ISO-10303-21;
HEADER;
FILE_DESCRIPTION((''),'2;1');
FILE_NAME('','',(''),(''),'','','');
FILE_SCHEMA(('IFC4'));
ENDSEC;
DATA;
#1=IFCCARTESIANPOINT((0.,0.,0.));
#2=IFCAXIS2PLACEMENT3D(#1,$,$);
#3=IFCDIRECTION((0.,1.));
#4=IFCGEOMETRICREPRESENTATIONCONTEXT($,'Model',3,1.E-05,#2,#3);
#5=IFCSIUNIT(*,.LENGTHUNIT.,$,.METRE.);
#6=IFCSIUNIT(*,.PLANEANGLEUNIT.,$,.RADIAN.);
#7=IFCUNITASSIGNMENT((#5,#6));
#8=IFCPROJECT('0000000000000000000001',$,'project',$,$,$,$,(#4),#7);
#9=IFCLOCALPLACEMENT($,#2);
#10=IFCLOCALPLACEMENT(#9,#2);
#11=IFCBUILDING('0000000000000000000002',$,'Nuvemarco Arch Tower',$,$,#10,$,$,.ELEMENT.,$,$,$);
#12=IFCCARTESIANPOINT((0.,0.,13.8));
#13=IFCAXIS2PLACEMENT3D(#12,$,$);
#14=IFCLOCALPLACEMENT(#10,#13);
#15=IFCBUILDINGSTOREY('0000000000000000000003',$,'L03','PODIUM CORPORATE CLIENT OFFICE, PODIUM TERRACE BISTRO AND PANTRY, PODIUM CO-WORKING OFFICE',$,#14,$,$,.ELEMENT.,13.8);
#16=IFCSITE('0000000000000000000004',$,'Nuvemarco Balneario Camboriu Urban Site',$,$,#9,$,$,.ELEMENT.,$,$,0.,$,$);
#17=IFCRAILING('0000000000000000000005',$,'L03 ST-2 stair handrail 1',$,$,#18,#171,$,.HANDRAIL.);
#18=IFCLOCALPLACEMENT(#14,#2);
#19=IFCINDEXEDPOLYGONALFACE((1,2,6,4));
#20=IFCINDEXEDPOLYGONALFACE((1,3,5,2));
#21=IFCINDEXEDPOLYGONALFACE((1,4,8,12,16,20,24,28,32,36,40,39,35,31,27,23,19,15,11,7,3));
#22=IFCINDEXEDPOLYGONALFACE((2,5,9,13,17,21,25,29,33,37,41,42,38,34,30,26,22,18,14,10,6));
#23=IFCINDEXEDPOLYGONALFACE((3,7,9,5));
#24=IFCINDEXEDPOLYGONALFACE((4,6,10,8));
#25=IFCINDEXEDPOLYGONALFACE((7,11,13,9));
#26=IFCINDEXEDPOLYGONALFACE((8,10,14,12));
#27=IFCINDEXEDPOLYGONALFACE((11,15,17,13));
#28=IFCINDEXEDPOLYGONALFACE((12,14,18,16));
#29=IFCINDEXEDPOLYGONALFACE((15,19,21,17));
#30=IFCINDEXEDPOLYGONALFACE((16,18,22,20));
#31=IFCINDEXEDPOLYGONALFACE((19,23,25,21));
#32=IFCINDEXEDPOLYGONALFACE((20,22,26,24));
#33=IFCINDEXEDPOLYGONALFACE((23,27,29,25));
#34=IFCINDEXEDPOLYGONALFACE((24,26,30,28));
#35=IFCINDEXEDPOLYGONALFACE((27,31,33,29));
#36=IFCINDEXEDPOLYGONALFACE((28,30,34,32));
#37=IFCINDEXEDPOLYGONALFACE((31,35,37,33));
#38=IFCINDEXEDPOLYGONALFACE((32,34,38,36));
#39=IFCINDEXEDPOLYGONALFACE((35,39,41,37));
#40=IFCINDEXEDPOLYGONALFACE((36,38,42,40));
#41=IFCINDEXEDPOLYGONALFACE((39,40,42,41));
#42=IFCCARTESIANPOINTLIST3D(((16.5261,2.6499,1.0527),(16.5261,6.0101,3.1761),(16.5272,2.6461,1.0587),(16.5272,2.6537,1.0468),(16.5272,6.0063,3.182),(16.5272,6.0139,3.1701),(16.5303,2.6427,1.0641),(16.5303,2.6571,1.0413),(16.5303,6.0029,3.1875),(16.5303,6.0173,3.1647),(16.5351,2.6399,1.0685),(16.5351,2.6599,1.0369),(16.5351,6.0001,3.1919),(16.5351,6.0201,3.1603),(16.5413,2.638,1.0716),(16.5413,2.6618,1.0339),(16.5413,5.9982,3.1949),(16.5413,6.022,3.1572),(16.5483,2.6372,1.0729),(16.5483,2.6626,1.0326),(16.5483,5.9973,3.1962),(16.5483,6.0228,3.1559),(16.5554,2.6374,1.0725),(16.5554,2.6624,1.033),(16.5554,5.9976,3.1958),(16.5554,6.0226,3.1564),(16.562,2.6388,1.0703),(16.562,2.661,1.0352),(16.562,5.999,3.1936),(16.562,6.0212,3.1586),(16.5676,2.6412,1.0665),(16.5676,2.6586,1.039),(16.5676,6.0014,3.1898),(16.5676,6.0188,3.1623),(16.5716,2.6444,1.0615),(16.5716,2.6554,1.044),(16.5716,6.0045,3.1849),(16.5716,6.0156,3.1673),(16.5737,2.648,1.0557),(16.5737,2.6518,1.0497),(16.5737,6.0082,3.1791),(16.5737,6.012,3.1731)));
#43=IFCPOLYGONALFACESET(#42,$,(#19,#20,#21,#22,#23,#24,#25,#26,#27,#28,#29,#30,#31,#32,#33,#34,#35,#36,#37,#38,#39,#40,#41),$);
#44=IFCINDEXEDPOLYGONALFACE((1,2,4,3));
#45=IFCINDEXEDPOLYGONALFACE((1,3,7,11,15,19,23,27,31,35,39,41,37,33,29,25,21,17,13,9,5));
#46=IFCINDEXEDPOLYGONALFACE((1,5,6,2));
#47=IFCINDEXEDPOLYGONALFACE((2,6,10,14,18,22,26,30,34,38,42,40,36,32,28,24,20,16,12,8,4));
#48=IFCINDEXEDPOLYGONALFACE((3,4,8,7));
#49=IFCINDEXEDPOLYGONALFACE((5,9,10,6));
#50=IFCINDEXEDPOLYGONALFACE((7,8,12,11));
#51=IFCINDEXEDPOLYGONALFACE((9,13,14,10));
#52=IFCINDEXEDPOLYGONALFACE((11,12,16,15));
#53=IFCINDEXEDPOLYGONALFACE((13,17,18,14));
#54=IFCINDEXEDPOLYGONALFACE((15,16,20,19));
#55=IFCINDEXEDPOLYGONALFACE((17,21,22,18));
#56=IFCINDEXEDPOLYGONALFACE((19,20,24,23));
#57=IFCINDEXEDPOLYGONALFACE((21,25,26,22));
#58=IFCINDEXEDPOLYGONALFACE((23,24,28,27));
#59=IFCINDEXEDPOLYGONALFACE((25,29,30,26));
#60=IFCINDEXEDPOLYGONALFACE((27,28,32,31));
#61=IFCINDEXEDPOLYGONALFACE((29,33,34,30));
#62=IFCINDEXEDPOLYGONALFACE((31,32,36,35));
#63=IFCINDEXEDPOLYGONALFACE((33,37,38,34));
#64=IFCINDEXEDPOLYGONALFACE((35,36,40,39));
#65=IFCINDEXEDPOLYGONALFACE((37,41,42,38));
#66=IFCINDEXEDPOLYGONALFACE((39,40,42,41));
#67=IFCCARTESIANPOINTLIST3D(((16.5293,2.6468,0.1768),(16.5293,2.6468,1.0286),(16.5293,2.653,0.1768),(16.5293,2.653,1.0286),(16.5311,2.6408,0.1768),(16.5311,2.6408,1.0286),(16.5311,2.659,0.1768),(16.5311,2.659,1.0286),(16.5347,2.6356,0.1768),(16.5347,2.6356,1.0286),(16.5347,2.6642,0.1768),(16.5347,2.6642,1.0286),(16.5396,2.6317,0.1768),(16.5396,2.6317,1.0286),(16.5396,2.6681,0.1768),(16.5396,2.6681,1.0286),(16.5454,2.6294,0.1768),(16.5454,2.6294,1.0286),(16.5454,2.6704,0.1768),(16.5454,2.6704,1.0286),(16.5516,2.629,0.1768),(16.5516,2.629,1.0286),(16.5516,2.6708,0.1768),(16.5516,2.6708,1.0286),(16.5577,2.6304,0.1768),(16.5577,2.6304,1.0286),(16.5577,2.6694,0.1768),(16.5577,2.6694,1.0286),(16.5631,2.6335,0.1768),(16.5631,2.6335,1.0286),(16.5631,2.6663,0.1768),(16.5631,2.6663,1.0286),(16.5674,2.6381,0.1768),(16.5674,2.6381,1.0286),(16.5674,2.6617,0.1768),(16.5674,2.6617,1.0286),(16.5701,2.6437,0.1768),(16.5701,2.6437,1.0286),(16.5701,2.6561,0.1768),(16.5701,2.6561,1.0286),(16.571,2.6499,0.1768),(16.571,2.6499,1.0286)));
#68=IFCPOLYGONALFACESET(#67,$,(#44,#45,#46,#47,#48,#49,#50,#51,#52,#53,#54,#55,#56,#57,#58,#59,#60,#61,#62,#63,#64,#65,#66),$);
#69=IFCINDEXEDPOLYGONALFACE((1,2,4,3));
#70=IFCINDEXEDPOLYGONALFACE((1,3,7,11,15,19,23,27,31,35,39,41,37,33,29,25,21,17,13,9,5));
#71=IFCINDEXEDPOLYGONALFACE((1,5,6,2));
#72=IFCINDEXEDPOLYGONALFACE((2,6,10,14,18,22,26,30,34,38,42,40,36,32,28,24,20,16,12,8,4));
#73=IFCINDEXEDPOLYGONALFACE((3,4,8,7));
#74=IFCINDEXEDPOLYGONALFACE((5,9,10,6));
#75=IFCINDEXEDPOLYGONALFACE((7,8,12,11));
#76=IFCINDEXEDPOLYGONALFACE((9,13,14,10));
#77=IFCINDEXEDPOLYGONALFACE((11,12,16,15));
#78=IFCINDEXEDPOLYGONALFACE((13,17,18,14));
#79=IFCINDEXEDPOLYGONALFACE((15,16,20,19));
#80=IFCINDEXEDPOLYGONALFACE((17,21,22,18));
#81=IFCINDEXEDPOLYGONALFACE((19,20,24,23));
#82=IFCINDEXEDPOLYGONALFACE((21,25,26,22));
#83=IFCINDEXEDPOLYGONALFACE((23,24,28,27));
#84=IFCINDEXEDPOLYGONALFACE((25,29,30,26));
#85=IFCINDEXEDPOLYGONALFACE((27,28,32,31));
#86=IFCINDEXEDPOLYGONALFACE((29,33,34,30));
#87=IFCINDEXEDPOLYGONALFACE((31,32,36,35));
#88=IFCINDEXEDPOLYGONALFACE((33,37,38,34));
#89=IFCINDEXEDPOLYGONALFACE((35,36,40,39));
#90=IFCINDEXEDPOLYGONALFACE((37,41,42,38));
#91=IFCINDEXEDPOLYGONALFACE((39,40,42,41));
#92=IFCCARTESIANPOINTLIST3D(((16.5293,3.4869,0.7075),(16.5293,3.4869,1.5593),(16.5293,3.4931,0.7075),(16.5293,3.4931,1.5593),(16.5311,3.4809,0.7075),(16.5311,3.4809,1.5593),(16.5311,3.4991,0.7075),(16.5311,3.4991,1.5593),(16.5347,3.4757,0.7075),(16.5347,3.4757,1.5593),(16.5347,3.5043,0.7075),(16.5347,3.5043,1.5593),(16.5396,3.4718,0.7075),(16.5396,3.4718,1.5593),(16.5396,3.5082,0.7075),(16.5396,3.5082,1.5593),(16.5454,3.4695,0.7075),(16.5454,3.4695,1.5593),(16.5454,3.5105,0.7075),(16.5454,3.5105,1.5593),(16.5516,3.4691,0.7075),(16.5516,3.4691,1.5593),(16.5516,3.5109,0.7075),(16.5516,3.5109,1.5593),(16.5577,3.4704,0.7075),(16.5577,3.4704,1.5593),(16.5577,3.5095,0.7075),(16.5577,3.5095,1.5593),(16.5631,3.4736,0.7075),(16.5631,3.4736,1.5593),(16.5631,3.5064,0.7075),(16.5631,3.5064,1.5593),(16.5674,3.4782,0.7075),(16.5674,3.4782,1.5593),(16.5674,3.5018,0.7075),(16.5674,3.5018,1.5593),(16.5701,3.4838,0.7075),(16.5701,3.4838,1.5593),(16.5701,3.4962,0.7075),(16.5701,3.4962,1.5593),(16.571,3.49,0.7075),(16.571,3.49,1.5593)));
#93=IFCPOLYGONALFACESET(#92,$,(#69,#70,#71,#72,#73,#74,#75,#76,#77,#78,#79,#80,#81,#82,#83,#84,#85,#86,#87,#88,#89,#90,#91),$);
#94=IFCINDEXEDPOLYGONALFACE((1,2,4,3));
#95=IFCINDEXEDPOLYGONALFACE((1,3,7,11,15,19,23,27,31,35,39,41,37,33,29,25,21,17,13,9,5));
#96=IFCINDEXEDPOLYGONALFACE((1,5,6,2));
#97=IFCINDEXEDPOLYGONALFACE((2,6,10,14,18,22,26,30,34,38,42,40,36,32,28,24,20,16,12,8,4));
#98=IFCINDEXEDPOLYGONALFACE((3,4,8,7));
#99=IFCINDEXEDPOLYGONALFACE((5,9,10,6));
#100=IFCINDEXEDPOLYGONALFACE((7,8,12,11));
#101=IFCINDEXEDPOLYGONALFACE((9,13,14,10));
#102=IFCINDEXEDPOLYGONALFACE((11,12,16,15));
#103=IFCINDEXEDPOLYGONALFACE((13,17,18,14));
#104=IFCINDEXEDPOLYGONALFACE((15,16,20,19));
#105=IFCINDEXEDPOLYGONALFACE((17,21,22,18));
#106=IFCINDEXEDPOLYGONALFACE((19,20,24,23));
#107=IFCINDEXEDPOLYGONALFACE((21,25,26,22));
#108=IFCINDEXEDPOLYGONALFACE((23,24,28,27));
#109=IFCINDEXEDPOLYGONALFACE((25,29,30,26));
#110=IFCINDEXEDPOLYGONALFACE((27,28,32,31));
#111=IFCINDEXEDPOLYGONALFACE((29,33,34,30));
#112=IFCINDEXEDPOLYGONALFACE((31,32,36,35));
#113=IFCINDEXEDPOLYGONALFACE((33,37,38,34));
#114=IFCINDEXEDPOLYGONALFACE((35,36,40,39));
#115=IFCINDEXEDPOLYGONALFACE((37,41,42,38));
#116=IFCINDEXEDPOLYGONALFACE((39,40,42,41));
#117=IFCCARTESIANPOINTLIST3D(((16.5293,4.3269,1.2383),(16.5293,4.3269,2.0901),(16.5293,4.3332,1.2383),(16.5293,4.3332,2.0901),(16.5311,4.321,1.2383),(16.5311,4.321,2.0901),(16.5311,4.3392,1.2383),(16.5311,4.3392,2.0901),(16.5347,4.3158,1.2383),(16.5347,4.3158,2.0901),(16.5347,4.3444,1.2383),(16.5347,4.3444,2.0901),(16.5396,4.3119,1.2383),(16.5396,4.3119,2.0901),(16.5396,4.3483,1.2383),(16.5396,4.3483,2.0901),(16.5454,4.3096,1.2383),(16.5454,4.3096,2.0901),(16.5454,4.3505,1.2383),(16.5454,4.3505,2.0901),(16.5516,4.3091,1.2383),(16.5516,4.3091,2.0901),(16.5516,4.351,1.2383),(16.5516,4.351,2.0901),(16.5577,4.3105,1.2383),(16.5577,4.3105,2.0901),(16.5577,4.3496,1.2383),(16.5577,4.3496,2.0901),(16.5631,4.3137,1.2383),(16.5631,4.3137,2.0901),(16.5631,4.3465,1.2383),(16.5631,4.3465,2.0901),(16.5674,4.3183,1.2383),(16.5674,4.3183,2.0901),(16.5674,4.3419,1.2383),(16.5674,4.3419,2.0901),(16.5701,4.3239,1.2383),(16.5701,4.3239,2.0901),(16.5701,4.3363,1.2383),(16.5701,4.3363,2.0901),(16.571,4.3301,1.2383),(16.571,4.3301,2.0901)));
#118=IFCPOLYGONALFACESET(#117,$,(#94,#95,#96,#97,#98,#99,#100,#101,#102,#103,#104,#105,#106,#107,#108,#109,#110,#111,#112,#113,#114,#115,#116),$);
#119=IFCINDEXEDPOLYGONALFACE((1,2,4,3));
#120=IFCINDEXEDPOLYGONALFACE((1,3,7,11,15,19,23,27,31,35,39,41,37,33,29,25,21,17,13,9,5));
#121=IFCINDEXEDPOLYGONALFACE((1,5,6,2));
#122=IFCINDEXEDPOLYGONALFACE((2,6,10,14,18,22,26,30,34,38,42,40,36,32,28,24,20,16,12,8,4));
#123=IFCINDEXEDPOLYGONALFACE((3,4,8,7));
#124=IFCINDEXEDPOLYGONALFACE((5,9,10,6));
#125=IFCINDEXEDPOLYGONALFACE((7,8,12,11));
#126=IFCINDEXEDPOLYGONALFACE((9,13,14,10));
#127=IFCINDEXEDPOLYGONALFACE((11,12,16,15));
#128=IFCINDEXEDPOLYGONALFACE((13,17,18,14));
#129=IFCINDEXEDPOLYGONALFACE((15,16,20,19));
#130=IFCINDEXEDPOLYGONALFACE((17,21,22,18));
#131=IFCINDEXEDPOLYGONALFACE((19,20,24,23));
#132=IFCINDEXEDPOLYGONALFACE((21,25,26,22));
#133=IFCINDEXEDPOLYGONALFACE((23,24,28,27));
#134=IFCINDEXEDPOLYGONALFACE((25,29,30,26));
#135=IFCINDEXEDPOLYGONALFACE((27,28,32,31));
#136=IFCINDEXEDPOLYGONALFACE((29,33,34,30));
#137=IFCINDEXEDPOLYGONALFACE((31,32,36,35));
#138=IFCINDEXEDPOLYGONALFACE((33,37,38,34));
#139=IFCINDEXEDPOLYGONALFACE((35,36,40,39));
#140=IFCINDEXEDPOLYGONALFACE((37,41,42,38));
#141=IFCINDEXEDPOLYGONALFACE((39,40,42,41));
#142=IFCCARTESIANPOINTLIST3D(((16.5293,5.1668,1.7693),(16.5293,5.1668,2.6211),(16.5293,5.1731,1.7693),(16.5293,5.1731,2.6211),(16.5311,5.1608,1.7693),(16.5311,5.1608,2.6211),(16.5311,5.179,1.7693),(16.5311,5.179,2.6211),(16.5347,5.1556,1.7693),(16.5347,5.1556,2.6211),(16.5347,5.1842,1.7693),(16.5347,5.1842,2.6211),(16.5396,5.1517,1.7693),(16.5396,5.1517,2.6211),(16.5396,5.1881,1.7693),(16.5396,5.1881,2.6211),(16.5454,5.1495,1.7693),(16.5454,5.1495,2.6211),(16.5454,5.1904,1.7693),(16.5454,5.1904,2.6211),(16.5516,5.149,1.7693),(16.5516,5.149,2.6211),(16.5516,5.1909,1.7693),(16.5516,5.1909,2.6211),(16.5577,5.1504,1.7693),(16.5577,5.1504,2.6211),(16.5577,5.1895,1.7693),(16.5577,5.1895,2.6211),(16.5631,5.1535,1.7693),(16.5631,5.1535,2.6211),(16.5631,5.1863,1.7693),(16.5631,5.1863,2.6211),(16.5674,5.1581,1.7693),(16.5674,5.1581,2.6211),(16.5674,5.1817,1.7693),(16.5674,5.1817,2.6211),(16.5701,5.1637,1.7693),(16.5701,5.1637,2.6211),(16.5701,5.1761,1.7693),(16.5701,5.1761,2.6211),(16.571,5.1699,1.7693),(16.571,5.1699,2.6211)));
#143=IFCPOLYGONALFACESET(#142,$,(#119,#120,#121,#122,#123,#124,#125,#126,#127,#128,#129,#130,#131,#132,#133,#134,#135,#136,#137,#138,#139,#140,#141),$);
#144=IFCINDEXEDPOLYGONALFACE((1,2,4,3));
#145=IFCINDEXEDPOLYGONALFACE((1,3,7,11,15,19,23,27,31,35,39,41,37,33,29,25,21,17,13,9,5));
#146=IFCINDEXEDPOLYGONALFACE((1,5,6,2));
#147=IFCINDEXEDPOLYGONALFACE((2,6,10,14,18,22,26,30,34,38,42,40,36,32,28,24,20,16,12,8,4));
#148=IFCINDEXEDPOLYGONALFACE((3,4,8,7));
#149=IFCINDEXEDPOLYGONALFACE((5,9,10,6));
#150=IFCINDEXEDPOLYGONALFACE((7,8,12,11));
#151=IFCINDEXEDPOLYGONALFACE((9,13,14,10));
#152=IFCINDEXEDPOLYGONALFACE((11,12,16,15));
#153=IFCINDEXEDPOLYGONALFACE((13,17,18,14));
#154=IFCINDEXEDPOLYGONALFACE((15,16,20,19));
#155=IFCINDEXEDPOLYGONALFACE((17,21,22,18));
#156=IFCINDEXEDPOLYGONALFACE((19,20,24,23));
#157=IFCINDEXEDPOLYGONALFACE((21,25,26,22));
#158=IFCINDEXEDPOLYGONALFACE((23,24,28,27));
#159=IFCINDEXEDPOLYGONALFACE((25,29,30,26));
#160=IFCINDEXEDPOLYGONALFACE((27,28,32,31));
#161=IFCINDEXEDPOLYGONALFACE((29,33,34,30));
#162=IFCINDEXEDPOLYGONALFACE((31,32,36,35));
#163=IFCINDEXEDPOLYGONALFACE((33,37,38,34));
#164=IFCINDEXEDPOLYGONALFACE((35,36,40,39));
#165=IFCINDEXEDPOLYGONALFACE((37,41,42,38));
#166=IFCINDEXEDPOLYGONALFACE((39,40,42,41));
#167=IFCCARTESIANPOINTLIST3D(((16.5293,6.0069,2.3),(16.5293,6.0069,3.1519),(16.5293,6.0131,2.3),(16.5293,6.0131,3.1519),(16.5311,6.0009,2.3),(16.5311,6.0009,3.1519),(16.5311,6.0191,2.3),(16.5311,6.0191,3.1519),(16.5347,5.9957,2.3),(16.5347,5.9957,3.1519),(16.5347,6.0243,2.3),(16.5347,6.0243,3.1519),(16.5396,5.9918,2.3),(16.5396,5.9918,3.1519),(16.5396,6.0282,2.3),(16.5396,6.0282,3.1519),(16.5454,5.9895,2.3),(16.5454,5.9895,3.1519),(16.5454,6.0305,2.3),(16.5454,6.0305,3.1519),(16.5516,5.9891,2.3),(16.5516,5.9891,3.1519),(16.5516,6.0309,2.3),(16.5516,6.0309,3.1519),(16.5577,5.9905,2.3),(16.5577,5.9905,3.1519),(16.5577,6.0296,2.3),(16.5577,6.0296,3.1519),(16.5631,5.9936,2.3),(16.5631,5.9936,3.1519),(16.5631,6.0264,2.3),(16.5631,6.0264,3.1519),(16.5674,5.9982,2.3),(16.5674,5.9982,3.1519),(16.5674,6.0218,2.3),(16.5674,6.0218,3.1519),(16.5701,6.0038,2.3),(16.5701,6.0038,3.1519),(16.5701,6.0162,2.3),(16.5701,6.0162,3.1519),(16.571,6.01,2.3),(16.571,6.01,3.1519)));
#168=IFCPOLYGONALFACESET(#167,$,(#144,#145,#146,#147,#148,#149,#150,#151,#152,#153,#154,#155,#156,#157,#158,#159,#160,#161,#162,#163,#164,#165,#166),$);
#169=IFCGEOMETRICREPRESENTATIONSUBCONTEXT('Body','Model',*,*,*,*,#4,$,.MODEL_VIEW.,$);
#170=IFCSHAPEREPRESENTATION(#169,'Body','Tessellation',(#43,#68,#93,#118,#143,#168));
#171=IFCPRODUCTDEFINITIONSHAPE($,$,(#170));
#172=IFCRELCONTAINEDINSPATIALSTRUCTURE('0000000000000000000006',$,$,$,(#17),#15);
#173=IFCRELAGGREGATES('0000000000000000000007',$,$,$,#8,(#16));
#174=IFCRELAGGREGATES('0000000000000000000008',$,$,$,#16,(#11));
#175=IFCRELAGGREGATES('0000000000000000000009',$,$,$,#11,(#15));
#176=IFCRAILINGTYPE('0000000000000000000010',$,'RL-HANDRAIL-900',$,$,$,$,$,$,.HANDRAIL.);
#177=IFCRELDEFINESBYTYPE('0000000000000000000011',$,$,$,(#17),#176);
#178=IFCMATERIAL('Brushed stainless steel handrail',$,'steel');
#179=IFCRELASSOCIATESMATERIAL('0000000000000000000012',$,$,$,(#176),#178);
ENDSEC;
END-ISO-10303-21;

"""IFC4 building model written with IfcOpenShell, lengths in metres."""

from ifc_helpers import new_model, si_unit, direction, frame, origin, origin_2d, place, context, subcontext, project, spatial, circle, extrude, material, type_object, element, save


model = new_model("IFC4")

# Units and contexts
model_context = context("Model", 3, precision=1e-05, world=origin(), true_north=direction((0.0, 1.0)))
body_context = subcontext(model_context, "Body", "Model", "MODEL_VIEW")
ifc_project = project(units=[si_unit("LENGTHUNIT", "METRE"), si_unit("PLANEANGLEUNIT", "RADIAN")], contexts=[model_context])

# Site, building, storey
site_placement = place(None, origin())
site = spatial("IfcSite", under=ifc_project, at=site_placement, Name="Nuvemarco Balneario Camboriu Urban Site", CompositionType="ELEMENT", RefElevation=0.0)
building_placement = place(site_placement, origin())
building = spatial("IfcBuilding", under=site, at=building_placement, Name="Nuvemarco Arch Tower", CompositionType="ELEMENT")
storey_placement = place(building_placement, frame((0.0, 0.0, 13.8)))
storey = spatial("IfcBuildingStorey", under=building, at=storey_placement, Name="L03", Description="PODIUM CORPORATE CLIENT OFFICE, PODIUM TERRACE BISTRO AND PANTRY, PODIUM CO-WORKING OFFICE", CompositionType="ELEMENT", Elevation=13.8)

# Railing
ifc_material_1 = material(Name="Brushed stainless steel handrail", Category="steel")
railing_type_1 = type_object("IfcRailingType", Name="RL-HANDRAIL-900", PredefinedType="HANDRAIL", material=ifc_material_1)
railing_1_placement = place(storey_placement, frame((16.55, 2.6499, 0.1768)))
element("IfcRailing", 1, at=railing_1_placement, inside=storey, type_object=railing_type_1, Name="L03 ST-2 stair handrail 1", PredefinedType="HANDRAIL", context=body_context, shape_type="SweptSolid", body=[
    extrude(circle(Radius=0.0239, at=origin_2d()), frame((0.0, 0.0, 0.876), z_axis=(0.0, 0.845362, 0.534194), x_axis=(-1.0, 0.0, 0.0)), (0.0, 0.0, 1.0), 3.9749),
    extrude(circle(Radius=0.021, at=origin_2d()), origin(), (0.0, 0.0, 1.0), 0.8518),
    extrude(circle(Radius=0.021, at=origin_2d()), frame((0.0, 0.8401, 0.5308)), (0.0, 0.0, 1.0), 0.8518),
    extrude(circle(Radius=0.021, at=origin_2d()), frame((0.0, 1.6802, 1.0615)), (0.0, 0.0, 1.0), 0.8518),
    extrude(circle(Radius=0.021, at=origin_2d()), frame((0.0, 2.52, 1.5925)), (0.0, 0.0, 1.0), 0.8518),
    extrude(circle(Radius=0.021, at=origin_2d()), frame((0.0, 3.3601, 2.1233)), (0.0, 0.0, 1.0), 0.8518),
])

save(model, "model.ifc")
